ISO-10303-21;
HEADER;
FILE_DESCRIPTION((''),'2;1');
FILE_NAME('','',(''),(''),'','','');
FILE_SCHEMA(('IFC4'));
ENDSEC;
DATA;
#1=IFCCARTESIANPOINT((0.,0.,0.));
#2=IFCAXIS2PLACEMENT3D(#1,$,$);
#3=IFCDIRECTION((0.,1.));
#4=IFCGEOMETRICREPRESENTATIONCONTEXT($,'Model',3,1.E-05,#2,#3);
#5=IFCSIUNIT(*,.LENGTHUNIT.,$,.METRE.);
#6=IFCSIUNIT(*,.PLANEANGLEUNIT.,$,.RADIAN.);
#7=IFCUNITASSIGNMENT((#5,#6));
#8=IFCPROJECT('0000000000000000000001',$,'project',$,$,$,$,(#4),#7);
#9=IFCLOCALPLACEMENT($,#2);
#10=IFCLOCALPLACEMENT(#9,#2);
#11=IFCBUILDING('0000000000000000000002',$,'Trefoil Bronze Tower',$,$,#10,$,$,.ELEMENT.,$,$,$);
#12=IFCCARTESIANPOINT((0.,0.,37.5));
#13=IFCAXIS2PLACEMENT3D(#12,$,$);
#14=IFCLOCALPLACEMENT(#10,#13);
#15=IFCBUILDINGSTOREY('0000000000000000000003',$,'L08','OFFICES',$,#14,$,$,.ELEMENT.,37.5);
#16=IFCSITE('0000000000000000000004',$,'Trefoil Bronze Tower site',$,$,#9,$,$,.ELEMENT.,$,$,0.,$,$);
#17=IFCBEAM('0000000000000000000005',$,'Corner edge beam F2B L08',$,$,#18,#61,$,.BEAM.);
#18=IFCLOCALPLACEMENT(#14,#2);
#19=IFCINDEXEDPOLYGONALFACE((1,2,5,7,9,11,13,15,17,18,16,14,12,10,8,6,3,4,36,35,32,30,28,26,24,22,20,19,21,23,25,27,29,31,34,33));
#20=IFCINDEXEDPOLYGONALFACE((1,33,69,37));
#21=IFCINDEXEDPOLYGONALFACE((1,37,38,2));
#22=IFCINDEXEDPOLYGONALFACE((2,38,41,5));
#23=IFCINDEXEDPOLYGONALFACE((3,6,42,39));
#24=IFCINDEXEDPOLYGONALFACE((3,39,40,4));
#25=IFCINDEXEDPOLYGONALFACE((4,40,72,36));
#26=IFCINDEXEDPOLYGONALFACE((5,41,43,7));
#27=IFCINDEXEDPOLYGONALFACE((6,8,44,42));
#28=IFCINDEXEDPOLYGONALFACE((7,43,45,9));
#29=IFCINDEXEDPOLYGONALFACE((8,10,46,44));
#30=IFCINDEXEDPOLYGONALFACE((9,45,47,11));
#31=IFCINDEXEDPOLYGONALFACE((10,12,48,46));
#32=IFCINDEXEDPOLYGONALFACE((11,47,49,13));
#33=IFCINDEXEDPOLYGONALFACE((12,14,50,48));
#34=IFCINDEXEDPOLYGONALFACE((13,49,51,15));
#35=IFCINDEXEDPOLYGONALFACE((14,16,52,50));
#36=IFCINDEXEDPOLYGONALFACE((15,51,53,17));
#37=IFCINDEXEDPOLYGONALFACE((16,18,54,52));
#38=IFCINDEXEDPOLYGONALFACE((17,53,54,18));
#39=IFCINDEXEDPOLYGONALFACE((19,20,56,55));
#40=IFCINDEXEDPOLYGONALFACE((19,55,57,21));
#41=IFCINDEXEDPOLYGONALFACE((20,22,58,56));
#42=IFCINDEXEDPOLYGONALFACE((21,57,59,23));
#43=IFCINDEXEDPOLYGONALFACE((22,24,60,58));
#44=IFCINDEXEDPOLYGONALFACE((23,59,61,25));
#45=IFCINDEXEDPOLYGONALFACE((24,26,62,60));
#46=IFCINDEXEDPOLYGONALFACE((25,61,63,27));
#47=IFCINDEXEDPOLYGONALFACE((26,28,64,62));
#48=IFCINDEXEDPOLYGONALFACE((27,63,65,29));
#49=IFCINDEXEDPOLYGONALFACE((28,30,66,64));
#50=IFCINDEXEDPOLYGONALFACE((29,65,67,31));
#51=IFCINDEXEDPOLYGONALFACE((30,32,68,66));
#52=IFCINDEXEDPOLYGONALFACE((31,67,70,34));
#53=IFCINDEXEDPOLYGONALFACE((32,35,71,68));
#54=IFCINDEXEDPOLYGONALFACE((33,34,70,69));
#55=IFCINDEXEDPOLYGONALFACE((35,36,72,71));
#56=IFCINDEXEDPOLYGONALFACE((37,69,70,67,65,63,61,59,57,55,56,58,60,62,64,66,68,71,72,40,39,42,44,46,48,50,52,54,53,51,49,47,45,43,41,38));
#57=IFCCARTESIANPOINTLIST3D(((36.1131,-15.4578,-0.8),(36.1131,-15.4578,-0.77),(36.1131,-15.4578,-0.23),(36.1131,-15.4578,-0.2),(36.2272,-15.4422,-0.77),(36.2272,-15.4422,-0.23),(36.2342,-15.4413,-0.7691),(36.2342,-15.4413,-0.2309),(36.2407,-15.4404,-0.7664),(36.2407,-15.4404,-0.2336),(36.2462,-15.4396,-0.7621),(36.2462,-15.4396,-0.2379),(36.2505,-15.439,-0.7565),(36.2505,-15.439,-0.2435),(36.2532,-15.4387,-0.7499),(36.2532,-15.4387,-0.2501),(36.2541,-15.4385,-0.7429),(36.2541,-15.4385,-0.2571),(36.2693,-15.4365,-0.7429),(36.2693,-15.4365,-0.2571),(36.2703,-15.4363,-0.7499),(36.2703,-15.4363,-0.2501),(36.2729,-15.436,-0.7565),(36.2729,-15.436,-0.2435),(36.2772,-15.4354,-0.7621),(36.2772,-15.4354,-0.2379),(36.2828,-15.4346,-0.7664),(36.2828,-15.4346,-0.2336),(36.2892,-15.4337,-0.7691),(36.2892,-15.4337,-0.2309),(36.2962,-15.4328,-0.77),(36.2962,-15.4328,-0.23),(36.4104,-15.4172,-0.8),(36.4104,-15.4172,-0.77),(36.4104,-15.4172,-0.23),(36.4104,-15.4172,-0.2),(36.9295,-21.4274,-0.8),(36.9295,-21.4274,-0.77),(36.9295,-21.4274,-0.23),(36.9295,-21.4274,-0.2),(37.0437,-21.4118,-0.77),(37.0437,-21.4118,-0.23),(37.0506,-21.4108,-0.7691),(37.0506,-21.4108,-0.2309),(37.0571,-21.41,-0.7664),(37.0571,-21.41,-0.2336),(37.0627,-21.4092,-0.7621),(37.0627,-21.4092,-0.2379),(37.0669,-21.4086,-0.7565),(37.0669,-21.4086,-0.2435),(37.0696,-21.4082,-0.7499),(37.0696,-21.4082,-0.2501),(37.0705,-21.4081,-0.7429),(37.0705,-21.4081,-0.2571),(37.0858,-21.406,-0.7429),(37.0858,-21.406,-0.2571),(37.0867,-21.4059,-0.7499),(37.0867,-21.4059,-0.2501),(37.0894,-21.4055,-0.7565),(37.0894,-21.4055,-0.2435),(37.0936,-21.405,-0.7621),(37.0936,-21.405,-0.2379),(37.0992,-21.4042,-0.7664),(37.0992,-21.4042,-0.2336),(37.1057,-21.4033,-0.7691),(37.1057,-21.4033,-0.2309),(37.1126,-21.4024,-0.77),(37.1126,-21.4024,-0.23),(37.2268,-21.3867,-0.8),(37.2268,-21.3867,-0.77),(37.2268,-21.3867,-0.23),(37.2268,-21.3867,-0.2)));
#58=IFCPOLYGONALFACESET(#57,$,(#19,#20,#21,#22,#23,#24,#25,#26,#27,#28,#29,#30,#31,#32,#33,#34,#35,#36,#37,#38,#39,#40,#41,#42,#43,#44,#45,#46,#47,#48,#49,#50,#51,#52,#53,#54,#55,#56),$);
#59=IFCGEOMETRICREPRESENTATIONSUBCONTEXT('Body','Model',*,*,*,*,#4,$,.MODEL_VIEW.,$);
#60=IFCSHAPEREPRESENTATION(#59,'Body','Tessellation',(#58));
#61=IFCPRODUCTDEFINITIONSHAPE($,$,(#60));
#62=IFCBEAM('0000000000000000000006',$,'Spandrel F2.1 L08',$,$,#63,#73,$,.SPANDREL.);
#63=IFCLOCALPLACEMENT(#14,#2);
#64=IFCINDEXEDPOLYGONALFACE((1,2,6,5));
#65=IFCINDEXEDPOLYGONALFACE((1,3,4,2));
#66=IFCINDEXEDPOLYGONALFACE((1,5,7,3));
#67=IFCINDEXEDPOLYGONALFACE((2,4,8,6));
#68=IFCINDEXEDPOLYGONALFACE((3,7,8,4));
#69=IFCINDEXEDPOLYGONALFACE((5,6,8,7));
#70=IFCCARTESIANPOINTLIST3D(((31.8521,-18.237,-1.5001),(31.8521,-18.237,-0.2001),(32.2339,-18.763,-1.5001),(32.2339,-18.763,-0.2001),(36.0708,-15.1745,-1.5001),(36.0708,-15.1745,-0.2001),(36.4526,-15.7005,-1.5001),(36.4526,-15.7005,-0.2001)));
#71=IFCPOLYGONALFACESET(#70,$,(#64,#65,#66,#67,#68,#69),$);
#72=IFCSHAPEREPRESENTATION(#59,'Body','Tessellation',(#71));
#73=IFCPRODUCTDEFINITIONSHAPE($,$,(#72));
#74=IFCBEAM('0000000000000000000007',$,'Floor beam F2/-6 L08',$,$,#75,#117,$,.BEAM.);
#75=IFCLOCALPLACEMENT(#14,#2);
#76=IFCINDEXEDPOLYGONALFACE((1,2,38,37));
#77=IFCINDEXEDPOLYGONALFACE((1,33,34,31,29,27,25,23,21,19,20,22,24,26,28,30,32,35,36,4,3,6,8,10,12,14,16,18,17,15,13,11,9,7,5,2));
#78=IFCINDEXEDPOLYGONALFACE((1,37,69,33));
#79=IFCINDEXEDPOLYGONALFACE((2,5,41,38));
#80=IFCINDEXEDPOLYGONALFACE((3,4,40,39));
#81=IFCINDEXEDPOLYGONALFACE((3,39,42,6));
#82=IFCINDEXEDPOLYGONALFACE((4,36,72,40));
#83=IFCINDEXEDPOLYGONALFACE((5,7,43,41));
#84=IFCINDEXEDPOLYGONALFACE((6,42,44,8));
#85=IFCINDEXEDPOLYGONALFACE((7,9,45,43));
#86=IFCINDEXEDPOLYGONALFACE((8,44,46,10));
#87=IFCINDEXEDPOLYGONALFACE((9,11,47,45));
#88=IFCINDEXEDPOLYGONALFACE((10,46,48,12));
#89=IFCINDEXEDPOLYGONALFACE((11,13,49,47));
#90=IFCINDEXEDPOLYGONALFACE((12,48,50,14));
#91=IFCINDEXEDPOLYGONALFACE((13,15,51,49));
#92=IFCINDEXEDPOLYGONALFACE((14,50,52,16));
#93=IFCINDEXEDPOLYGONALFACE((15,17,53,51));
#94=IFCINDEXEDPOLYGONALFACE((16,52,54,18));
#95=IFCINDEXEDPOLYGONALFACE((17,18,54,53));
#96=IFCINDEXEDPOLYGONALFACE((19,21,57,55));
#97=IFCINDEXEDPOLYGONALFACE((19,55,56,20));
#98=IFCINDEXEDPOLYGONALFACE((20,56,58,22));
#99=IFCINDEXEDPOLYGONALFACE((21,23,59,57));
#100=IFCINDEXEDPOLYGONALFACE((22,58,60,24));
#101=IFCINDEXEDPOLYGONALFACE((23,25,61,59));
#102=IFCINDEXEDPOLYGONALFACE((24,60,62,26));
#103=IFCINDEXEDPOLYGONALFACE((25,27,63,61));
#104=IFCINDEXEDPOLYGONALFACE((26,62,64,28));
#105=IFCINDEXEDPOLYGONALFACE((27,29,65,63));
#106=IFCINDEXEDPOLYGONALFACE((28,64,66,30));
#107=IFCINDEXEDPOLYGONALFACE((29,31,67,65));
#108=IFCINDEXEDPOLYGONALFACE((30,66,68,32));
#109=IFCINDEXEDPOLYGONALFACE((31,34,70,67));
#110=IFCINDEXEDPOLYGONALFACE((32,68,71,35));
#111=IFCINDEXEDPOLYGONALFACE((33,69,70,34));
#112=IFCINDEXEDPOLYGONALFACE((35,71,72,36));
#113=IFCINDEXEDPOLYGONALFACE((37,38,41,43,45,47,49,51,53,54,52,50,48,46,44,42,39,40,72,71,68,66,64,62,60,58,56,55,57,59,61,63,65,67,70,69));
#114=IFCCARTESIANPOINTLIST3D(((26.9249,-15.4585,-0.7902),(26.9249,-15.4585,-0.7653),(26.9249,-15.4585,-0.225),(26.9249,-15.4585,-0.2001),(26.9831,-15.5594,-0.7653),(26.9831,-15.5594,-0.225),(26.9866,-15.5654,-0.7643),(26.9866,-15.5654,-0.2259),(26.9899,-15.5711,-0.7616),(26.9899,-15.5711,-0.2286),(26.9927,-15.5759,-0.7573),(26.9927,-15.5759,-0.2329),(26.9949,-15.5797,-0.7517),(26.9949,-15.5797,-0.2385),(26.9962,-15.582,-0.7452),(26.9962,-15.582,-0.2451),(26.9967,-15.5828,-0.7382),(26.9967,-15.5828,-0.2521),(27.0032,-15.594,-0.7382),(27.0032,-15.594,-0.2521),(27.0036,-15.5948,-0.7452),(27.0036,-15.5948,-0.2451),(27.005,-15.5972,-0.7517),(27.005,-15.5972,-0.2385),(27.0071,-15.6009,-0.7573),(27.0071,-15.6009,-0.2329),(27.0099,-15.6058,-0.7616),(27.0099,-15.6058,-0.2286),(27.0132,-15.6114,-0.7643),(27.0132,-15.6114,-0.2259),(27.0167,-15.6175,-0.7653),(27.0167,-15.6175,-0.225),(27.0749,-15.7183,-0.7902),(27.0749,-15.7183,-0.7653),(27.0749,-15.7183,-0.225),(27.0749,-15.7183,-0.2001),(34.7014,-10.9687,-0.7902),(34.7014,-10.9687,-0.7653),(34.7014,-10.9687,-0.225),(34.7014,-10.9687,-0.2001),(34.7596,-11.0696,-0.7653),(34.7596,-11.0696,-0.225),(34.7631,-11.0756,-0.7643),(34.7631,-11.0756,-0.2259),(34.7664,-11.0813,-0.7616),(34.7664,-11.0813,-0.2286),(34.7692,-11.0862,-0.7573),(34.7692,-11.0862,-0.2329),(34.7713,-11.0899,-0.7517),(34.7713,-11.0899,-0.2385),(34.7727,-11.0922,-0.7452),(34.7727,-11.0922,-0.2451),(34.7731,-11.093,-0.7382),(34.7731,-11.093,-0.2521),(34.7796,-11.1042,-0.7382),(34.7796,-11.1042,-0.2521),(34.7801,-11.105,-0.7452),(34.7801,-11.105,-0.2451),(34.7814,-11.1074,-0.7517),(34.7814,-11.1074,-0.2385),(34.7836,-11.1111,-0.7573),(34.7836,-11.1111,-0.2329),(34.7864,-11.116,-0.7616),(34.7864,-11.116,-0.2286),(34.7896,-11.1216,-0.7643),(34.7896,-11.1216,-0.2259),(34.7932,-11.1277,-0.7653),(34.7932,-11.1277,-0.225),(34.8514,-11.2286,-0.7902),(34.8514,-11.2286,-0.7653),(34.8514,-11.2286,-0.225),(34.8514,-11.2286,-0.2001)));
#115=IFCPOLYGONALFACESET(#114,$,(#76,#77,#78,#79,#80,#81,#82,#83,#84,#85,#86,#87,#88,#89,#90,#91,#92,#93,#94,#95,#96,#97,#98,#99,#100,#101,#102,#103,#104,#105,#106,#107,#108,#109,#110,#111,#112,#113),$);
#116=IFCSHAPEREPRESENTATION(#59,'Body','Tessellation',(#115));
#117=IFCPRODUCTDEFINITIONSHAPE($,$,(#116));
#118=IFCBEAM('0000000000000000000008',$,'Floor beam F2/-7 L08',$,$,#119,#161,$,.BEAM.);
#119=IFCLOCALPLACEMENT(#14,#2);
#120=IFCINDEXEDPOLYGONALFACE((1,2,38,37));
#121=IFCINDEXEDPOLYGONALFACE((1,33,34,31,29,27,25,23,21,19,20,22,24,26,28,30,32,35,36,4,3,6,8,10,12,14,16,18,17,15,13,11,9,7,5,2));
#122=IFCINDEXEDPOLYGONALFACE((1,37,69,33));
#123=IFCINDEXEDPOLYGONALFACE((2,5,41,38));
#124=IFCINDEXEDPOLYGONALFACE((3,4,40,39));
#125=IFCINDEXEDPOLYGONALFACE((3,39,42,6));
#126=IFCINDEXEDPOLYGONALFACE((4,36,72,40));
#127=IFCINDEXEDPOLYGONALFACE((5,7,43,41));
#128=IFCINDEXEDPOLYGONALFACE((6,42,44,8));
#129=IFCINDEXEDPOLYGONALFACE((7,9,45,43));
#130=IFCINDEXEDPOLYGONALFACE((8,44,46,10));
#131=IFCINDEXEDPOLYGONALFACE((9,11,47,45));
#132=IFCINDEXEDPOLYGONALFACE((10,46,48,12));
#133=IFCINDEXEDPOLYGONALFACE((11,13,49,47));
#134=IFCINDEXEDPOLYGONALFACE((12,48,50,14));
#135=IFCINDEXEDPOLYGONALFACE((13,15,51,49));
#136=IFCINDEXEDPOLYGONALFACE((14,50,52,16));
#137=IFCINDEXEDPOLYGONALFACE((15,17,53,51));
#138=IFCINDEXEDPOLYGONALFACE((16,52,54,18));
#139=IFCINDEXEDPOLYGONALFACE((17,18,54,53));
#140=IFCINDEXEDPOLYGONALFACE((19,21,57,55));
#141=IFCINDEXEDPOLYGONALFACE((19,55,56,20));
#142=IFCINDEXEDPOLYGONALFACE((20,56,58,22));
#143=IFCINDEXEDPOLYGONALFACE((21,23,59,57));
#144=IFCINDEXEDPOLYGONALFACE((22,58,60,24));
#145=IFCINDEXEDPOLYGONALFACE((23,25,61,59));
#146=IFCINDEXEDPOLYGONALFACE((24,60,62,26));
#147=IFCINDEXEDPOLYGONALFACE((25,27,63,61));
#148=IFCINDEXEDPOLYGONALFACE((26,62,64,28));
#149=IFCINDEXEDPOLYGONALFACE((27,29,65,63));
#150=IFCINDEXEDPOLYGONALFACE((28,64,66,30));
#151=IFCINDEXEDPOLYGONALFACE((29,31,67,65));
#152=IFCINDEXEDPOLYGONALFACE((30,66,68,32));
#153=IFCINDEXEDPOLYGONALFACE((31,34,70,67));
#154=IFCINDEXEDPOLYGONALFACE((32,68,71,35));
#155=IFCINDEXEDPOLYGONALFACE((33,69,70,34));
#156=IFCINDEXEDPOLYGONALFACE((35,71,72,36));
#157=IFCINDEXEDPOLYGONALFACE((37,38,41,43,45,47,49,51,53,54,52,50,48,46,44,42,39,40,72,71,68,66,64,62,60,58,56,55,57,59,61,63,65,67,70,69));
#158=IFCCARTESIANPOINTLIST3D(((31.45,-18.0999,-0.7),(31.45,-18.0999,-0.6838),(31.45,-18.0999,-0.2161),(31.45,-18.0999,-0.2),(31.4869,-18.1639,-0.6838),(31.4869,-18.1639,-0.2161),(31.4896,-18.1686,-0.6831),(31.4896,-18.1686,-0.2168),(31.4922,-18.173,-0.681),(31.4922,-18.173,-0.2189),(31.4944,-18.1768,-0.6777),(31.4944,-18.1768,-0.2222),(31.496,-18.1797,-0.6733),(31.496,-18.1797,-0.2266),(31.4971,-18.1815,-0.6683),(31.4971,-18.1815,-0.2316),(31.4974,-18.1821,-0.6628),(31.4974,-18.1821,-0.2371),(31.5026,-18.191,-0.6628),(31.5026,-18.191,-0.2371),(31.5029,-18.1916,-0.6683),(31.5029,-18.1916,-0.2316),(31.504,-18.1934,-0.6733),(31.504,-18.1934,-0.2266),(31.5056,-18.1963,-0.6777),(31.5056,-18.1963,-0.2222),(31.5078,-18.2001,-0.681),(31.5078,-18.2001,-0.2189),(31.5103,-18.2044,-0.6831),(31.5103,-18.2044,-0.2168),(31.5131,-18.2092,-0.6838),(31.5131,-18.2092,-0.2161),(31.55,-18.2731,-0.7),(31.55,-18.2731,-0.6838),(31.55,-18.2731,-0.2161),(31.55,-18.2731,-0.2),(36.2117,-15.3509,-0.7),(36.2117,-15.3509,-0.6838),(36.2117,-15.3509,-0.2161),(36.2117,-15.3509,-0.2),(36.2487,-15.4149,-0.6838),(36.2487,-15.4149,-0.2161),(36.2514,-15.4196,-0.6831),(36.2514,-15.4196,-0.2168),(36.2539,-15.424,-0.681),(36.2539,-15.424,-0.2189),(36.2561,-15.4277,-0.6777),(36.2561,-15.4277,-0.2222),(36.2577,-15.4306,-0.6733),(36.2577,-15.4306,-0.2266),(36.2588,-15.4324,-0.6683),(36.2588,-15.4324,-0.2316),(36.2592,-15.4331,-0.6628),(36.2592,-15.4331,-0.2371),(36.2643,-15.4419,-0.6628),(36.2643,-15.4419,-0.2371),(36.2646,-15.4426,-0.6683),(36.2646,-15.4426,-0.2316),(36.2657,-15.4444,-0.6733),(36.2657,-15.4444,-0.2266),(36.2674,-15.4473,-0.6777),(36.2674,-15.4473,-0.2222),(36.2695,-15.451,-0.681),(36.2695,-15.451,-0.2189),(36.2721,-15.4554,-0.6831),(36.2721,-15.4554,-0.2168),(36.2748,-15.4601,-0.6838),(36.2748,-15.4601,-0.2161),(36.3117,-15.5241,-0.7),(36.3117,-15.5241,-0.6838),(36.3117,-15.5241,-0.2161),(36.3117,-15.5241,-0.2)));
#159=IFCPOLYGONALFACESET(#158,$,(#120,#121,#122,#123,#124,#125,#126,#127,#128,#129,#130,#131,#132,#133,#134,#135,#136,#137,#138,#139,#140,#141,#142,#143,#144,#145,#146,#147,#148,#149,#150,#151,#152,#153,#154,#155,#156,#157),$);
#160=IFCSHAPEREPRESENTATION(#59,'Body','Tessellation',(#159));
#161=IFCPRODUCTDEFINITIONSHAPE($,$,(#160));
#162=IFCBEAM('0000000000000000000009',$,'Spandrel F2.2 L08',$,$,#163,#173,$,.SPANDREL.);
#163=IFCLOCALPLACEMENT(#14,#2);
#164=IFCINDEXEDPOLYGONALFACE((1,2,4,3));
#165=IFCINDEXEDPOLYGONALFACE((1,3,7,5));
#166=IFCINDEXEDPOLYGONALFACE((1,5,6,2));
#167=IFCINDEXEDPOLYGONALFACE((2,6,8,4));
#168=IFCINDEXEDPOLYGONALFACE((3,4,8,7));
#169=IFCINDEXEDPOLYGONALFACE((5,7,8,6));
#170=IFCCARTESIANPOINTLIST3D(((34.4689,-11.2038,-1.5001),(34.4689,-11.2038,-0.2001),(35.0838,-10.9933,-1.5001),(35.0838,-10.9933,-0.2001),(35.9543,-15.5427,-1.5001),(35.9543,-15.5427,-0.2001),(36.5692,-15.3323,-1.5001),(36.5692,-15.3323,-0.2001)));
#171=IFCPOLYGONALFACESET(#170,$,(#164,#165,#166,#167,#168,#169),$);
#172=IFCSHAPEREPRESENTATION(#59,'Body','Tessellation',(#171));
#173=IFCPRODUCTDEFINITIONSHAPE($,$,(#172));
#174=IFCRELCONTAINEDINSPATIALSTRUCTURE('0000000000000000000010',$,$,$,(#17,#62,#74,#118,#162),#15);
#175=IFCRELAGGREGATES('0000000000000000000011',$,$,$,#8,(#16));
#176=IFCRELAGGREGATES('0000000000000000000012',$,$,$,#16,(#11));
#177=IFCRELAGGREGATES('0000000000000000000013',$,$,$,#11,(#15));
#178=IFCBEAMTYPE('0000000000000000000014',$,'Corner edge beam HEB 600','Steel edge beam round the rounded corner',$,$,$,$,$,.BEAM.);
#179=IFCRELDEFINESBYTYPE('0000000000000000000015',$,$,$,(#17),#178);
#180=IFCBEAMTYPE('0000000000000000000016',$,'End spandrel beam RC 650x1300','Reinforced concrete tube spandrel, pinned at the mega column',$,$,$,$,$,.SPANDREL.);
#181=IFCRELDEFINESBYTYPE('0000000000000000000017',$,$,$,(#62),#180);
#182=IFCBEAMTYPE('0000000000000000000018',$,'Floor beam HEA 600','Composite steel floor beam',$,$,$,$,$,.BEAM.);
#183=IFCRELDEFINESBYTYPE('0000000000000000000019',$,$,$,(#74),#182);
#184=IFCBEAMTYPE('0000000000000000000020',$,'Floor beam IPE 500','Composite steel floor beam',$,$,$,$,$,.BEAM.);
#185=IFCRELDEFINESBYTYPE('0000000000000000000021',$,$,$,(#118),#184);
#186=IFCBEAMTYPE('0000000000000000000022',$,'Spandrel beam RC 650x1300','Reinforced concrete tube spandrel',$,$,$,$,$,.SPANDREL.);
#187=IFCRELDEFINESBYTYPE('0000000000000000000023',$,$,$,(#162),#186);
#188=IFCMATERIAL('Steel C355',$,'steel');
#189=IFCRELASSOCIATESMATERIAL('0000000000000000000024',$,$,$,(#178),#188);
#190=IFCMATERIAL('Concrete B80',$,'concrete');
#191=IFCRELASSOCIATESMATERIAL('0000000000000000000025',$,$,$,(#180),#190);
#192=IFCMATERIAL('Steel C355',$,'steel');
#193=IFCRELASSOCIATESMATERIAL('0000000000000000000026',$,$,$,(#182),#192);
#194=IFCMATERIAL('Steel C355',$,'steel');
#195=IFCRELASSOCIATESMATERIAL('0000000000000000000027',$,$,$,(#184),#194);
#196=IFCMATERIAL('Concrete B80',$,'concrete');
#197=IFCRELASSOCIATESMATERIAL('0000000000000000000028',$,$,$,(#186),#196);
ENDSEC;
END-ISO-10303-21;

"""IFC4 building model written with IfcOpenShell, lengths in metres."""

from ifc_helpers import new_model, si_unit, direction, frame, origin, origin_2d, place, context, subcontext, project, spatial, rectangle, i_section, extrude, material, material_profile, profile_set, type_object, element, save


model = new_model("IFC4")

# Units and contexts
model_context = context("Model", 3, precision=1e-05, world=origin(), true_north=direction((0.0, 1.0)))
body_context = subcontext(model_context, "Body", "Model", "MODEL_VIEW")
ifc_project = project(units=[si_unit("LENGTHUNIT", "METRE"), si_unit("PLANEANGLEUNIT", "RADIAN")], contexts=[model_context])

# Site, building, storey
site_placement = place(None, origin())
site = spatial("IfcSite", under=ifc_project, at=site_placement, Name="Trefoil Bronze Tower site", CompositionType="ELEMENT", RefElevation=0.0)
building_placement = place(site_placement, origin())
building = spatial("IfcBuilding", under=site, at=building_placement, Name="Trefoil Bronze Tower", CompositionType="ELEMENT")
storey_placement = place(building_placement, frame((0.0, 0.0, 37.5)))
storey = spatial("IfcBuildingStorey", under=building, at=storey_placement, Name="L08", Description="OFFICES", CompositionType="ELEMENT", Elevation=37.5)

# Beams
ifc_material_1 = material(Name="Steel C355", Category="steel")
ifc_material_profile_1 = material_profile(ifc_material_1, i_section(OverallWidth=0.3, OverallDepth=0.6001, WebThickness=0.0154, FlangeThickness=0.03, FilletRadius=0.0271, at=origin_2d()), Name="HEB 600")
ifc_profile_set_1 = profile_set([ifc_material_profile_1], Name="Steel C355")
beam_type_1 = type_object("IfcBeamType", Name="Corner edge beam HEB 600", Description="Steel edge beam round the rounded corner", PredefinedType="BEAM", material=ifc_profile_set_1)
beam_1_placement = place(storey_placement, frame((36.2617, -15.4375, -0.5), z_axis=(0.135502, -0.990777, 0.0), x_axis=(0.990777, 0.135502, 0.0)))
element("IfcBeam", 1, at=beam_1_placement, inside=storey, type_object=beam_type_1, Name="Corner edge beam F2B L08", PredefinedType="BEAM", context=body_context, shape_type="SweptSolid", body=[
    extrude(i_section(OverallWidth=0.3, OverallDepth=0.6001, WebThickness=0.0154, FlangeThickness=0.03, FilletRadius=0.0271, at=origin_2d()), origin(), (0.0, 0.0, 1.0), 6.0251),
])
ifc_material_2 = material(Name="Concrete B80", Category="concrete")
ifc_material_profile_2 = material_profile(ifc_material_2, rectangle(XDim=0.6499, YDim=1.3, at=origin_2d()), Name="RC 650x1300")
ifc_profile_set_2 = profile_set([ifc_material_profile_2], Name="Concrete B80")
beam_type_2 = type_object("IfcBeamType", Name="End spandrel beam RC 650x1300", Description="Reinforced concrete tube spandrel, pinned at the mega column", PredefinedType="SPANDREL", material=ifc_profile_set_2)
beam_2_placement = place(storey_placement, frame((32.043, -18.5, -0.8501), z_axis=(0.809254, 0.587459, 0.0), x_axis=(-0.587459, 0.809254, 0.0)))
element("IfcBeam", 2, at=beam_2_placement, inside=storey, type_object=beam_type_2, Name="Spandrel F2.1 L08", PredefinedType="SPANDREL", context=body_context, shape_type="SweptSolid", body=[
    extrude(rectangle(XDim=0.6499, YDim=1.3, at=origin_2d()), origin(), (0.0, 0.0, 1.0), 5.2131),
])
ifc_material_3 = material(Name="Steel C355", Category="steel")
ifc_material_profile_3 = material_profile(ifc_material_3, i_section(OverallWidth=0.3, OverallDepth=0.5901, WebThickness=0.0129, FlangeThickness=0.0249, FilletRadius=0.0271, at=origin_2d()), Name="HEA 600")
ifc_profile_set_3 = profile_set([ifc_material_profile_3], Name="Steel C355")
beam_type_3 = type_object("IfcBeamType", Name="Floor beam HEA 600", Description="Composite steel floor beam", PredefinedType="BEAM", material=ifc_profile_set_3)
beam_3_placement = place(storey_placement, frame((34.7764, -11.0986, -0.4951), z_axis=(-0.866023, -0.500005, 0.0), x_axis=(0.500005, -0.866023, 0.0)))
element("IfcBeam", 3, at=beam_3_placement, inside=storey, type_object=beam_type_3, Name="Floor beam F2/-6 L08", PredefinedType="BEAM", context=body_context, shape_type="SweptSolid", body=[
    extrude(i_section(OverallWidth=0.3, OverallDepth=0.5901, WebThickness=0.0129, FlangeThickness=0.0249, FilletRadius=0.0271, at=origin_2d()), origin(), (0.0, 0.0, 1.0), 8.9795),
])
ifc_material_4 = material(Name="Steel C355", Category="steel")
ifc_material_profile_4 = material_profile(ifc_material_4, i_section(OverallWidth=0.2, OverallDepth=0.5, WebThickness=0.0103, FlangeThickness=0.0161, FilletRadius=0.021, at=origin_2d()), Name="IPE 500")
ifc_profile_set_4 = profile_set([ifc_material_profile_4], Name="Steel C355")
beam_type_4 = type_object("IfcBeamType", Name="Floor beam IPE 500", Description="Composite steel floor beam", PredefinedType="BEAM", material=ifc_profile_set_4)
beam_4_placement = place(storey_placement, frame((36.2617, -15.4375, -0.45), z_axis=(-0.866038, -0.499979, 0.0), x_axis=(0.499979, -0.866038, 0.0)))
element("IfcBeam", 4, at=beam_4_placement, inside=storey, type_object=beam_type_4, Name="Floor beam F2/-7 L08", PredefinedType="BEAM", context=body_context, shape_type="SweptSolid", body=[
    extrude(i_section(OverallWidth=0.2, OverallDepth=0.5, WebThickness=0.0103, FlangeThickness=0.0161, FilletRadius=0.021, at=origin_2d()), origin(), (0.0, 0.0, 1.0), 5.4983),
])
ifc_material_5 = material(Name="Concrete B80", Category="concrete")
ifc_material_profile_5 = material_profile(ifc_material_5, rectangle(XDim=0.6499, YDim=1.3, at=origin_2d()), Name="RC 650x1300")
ifc_profile_set_5 = profile_set([ifc_material_profile_5], Name="Concrete B80")
beam_type_5 = type_object("IfcBeamType", Name="Spandrel beam RC 650x1300", Description="Reinforced concrete tube spandrel", PredefinedType="SPANDREL", material=ifc_profile_set_5)
beam_5_placement = place(storey_placement, frame((36.2617, -15.4375, -0.8501), z_axis=(-0.323883, 0.946097, 0.0), x_axis=(-0.946097, -0.323883, 0.0)))
element("IfcBeam", 5, at=beam_5_placement, inside=storey, type_object=beam_type_5, Name="Spandrel F2.2 L08", PredefinedType="SPANDREL", context=body_context, shape_type="SweptSolid", body=[
    extrude(rectangle(XDim=0.6499, YDim=1.3, at=origin_2d()), origin(), (0.0, 0.0, 1.0), 4.5862),
])

save(model, "model.ifc")
